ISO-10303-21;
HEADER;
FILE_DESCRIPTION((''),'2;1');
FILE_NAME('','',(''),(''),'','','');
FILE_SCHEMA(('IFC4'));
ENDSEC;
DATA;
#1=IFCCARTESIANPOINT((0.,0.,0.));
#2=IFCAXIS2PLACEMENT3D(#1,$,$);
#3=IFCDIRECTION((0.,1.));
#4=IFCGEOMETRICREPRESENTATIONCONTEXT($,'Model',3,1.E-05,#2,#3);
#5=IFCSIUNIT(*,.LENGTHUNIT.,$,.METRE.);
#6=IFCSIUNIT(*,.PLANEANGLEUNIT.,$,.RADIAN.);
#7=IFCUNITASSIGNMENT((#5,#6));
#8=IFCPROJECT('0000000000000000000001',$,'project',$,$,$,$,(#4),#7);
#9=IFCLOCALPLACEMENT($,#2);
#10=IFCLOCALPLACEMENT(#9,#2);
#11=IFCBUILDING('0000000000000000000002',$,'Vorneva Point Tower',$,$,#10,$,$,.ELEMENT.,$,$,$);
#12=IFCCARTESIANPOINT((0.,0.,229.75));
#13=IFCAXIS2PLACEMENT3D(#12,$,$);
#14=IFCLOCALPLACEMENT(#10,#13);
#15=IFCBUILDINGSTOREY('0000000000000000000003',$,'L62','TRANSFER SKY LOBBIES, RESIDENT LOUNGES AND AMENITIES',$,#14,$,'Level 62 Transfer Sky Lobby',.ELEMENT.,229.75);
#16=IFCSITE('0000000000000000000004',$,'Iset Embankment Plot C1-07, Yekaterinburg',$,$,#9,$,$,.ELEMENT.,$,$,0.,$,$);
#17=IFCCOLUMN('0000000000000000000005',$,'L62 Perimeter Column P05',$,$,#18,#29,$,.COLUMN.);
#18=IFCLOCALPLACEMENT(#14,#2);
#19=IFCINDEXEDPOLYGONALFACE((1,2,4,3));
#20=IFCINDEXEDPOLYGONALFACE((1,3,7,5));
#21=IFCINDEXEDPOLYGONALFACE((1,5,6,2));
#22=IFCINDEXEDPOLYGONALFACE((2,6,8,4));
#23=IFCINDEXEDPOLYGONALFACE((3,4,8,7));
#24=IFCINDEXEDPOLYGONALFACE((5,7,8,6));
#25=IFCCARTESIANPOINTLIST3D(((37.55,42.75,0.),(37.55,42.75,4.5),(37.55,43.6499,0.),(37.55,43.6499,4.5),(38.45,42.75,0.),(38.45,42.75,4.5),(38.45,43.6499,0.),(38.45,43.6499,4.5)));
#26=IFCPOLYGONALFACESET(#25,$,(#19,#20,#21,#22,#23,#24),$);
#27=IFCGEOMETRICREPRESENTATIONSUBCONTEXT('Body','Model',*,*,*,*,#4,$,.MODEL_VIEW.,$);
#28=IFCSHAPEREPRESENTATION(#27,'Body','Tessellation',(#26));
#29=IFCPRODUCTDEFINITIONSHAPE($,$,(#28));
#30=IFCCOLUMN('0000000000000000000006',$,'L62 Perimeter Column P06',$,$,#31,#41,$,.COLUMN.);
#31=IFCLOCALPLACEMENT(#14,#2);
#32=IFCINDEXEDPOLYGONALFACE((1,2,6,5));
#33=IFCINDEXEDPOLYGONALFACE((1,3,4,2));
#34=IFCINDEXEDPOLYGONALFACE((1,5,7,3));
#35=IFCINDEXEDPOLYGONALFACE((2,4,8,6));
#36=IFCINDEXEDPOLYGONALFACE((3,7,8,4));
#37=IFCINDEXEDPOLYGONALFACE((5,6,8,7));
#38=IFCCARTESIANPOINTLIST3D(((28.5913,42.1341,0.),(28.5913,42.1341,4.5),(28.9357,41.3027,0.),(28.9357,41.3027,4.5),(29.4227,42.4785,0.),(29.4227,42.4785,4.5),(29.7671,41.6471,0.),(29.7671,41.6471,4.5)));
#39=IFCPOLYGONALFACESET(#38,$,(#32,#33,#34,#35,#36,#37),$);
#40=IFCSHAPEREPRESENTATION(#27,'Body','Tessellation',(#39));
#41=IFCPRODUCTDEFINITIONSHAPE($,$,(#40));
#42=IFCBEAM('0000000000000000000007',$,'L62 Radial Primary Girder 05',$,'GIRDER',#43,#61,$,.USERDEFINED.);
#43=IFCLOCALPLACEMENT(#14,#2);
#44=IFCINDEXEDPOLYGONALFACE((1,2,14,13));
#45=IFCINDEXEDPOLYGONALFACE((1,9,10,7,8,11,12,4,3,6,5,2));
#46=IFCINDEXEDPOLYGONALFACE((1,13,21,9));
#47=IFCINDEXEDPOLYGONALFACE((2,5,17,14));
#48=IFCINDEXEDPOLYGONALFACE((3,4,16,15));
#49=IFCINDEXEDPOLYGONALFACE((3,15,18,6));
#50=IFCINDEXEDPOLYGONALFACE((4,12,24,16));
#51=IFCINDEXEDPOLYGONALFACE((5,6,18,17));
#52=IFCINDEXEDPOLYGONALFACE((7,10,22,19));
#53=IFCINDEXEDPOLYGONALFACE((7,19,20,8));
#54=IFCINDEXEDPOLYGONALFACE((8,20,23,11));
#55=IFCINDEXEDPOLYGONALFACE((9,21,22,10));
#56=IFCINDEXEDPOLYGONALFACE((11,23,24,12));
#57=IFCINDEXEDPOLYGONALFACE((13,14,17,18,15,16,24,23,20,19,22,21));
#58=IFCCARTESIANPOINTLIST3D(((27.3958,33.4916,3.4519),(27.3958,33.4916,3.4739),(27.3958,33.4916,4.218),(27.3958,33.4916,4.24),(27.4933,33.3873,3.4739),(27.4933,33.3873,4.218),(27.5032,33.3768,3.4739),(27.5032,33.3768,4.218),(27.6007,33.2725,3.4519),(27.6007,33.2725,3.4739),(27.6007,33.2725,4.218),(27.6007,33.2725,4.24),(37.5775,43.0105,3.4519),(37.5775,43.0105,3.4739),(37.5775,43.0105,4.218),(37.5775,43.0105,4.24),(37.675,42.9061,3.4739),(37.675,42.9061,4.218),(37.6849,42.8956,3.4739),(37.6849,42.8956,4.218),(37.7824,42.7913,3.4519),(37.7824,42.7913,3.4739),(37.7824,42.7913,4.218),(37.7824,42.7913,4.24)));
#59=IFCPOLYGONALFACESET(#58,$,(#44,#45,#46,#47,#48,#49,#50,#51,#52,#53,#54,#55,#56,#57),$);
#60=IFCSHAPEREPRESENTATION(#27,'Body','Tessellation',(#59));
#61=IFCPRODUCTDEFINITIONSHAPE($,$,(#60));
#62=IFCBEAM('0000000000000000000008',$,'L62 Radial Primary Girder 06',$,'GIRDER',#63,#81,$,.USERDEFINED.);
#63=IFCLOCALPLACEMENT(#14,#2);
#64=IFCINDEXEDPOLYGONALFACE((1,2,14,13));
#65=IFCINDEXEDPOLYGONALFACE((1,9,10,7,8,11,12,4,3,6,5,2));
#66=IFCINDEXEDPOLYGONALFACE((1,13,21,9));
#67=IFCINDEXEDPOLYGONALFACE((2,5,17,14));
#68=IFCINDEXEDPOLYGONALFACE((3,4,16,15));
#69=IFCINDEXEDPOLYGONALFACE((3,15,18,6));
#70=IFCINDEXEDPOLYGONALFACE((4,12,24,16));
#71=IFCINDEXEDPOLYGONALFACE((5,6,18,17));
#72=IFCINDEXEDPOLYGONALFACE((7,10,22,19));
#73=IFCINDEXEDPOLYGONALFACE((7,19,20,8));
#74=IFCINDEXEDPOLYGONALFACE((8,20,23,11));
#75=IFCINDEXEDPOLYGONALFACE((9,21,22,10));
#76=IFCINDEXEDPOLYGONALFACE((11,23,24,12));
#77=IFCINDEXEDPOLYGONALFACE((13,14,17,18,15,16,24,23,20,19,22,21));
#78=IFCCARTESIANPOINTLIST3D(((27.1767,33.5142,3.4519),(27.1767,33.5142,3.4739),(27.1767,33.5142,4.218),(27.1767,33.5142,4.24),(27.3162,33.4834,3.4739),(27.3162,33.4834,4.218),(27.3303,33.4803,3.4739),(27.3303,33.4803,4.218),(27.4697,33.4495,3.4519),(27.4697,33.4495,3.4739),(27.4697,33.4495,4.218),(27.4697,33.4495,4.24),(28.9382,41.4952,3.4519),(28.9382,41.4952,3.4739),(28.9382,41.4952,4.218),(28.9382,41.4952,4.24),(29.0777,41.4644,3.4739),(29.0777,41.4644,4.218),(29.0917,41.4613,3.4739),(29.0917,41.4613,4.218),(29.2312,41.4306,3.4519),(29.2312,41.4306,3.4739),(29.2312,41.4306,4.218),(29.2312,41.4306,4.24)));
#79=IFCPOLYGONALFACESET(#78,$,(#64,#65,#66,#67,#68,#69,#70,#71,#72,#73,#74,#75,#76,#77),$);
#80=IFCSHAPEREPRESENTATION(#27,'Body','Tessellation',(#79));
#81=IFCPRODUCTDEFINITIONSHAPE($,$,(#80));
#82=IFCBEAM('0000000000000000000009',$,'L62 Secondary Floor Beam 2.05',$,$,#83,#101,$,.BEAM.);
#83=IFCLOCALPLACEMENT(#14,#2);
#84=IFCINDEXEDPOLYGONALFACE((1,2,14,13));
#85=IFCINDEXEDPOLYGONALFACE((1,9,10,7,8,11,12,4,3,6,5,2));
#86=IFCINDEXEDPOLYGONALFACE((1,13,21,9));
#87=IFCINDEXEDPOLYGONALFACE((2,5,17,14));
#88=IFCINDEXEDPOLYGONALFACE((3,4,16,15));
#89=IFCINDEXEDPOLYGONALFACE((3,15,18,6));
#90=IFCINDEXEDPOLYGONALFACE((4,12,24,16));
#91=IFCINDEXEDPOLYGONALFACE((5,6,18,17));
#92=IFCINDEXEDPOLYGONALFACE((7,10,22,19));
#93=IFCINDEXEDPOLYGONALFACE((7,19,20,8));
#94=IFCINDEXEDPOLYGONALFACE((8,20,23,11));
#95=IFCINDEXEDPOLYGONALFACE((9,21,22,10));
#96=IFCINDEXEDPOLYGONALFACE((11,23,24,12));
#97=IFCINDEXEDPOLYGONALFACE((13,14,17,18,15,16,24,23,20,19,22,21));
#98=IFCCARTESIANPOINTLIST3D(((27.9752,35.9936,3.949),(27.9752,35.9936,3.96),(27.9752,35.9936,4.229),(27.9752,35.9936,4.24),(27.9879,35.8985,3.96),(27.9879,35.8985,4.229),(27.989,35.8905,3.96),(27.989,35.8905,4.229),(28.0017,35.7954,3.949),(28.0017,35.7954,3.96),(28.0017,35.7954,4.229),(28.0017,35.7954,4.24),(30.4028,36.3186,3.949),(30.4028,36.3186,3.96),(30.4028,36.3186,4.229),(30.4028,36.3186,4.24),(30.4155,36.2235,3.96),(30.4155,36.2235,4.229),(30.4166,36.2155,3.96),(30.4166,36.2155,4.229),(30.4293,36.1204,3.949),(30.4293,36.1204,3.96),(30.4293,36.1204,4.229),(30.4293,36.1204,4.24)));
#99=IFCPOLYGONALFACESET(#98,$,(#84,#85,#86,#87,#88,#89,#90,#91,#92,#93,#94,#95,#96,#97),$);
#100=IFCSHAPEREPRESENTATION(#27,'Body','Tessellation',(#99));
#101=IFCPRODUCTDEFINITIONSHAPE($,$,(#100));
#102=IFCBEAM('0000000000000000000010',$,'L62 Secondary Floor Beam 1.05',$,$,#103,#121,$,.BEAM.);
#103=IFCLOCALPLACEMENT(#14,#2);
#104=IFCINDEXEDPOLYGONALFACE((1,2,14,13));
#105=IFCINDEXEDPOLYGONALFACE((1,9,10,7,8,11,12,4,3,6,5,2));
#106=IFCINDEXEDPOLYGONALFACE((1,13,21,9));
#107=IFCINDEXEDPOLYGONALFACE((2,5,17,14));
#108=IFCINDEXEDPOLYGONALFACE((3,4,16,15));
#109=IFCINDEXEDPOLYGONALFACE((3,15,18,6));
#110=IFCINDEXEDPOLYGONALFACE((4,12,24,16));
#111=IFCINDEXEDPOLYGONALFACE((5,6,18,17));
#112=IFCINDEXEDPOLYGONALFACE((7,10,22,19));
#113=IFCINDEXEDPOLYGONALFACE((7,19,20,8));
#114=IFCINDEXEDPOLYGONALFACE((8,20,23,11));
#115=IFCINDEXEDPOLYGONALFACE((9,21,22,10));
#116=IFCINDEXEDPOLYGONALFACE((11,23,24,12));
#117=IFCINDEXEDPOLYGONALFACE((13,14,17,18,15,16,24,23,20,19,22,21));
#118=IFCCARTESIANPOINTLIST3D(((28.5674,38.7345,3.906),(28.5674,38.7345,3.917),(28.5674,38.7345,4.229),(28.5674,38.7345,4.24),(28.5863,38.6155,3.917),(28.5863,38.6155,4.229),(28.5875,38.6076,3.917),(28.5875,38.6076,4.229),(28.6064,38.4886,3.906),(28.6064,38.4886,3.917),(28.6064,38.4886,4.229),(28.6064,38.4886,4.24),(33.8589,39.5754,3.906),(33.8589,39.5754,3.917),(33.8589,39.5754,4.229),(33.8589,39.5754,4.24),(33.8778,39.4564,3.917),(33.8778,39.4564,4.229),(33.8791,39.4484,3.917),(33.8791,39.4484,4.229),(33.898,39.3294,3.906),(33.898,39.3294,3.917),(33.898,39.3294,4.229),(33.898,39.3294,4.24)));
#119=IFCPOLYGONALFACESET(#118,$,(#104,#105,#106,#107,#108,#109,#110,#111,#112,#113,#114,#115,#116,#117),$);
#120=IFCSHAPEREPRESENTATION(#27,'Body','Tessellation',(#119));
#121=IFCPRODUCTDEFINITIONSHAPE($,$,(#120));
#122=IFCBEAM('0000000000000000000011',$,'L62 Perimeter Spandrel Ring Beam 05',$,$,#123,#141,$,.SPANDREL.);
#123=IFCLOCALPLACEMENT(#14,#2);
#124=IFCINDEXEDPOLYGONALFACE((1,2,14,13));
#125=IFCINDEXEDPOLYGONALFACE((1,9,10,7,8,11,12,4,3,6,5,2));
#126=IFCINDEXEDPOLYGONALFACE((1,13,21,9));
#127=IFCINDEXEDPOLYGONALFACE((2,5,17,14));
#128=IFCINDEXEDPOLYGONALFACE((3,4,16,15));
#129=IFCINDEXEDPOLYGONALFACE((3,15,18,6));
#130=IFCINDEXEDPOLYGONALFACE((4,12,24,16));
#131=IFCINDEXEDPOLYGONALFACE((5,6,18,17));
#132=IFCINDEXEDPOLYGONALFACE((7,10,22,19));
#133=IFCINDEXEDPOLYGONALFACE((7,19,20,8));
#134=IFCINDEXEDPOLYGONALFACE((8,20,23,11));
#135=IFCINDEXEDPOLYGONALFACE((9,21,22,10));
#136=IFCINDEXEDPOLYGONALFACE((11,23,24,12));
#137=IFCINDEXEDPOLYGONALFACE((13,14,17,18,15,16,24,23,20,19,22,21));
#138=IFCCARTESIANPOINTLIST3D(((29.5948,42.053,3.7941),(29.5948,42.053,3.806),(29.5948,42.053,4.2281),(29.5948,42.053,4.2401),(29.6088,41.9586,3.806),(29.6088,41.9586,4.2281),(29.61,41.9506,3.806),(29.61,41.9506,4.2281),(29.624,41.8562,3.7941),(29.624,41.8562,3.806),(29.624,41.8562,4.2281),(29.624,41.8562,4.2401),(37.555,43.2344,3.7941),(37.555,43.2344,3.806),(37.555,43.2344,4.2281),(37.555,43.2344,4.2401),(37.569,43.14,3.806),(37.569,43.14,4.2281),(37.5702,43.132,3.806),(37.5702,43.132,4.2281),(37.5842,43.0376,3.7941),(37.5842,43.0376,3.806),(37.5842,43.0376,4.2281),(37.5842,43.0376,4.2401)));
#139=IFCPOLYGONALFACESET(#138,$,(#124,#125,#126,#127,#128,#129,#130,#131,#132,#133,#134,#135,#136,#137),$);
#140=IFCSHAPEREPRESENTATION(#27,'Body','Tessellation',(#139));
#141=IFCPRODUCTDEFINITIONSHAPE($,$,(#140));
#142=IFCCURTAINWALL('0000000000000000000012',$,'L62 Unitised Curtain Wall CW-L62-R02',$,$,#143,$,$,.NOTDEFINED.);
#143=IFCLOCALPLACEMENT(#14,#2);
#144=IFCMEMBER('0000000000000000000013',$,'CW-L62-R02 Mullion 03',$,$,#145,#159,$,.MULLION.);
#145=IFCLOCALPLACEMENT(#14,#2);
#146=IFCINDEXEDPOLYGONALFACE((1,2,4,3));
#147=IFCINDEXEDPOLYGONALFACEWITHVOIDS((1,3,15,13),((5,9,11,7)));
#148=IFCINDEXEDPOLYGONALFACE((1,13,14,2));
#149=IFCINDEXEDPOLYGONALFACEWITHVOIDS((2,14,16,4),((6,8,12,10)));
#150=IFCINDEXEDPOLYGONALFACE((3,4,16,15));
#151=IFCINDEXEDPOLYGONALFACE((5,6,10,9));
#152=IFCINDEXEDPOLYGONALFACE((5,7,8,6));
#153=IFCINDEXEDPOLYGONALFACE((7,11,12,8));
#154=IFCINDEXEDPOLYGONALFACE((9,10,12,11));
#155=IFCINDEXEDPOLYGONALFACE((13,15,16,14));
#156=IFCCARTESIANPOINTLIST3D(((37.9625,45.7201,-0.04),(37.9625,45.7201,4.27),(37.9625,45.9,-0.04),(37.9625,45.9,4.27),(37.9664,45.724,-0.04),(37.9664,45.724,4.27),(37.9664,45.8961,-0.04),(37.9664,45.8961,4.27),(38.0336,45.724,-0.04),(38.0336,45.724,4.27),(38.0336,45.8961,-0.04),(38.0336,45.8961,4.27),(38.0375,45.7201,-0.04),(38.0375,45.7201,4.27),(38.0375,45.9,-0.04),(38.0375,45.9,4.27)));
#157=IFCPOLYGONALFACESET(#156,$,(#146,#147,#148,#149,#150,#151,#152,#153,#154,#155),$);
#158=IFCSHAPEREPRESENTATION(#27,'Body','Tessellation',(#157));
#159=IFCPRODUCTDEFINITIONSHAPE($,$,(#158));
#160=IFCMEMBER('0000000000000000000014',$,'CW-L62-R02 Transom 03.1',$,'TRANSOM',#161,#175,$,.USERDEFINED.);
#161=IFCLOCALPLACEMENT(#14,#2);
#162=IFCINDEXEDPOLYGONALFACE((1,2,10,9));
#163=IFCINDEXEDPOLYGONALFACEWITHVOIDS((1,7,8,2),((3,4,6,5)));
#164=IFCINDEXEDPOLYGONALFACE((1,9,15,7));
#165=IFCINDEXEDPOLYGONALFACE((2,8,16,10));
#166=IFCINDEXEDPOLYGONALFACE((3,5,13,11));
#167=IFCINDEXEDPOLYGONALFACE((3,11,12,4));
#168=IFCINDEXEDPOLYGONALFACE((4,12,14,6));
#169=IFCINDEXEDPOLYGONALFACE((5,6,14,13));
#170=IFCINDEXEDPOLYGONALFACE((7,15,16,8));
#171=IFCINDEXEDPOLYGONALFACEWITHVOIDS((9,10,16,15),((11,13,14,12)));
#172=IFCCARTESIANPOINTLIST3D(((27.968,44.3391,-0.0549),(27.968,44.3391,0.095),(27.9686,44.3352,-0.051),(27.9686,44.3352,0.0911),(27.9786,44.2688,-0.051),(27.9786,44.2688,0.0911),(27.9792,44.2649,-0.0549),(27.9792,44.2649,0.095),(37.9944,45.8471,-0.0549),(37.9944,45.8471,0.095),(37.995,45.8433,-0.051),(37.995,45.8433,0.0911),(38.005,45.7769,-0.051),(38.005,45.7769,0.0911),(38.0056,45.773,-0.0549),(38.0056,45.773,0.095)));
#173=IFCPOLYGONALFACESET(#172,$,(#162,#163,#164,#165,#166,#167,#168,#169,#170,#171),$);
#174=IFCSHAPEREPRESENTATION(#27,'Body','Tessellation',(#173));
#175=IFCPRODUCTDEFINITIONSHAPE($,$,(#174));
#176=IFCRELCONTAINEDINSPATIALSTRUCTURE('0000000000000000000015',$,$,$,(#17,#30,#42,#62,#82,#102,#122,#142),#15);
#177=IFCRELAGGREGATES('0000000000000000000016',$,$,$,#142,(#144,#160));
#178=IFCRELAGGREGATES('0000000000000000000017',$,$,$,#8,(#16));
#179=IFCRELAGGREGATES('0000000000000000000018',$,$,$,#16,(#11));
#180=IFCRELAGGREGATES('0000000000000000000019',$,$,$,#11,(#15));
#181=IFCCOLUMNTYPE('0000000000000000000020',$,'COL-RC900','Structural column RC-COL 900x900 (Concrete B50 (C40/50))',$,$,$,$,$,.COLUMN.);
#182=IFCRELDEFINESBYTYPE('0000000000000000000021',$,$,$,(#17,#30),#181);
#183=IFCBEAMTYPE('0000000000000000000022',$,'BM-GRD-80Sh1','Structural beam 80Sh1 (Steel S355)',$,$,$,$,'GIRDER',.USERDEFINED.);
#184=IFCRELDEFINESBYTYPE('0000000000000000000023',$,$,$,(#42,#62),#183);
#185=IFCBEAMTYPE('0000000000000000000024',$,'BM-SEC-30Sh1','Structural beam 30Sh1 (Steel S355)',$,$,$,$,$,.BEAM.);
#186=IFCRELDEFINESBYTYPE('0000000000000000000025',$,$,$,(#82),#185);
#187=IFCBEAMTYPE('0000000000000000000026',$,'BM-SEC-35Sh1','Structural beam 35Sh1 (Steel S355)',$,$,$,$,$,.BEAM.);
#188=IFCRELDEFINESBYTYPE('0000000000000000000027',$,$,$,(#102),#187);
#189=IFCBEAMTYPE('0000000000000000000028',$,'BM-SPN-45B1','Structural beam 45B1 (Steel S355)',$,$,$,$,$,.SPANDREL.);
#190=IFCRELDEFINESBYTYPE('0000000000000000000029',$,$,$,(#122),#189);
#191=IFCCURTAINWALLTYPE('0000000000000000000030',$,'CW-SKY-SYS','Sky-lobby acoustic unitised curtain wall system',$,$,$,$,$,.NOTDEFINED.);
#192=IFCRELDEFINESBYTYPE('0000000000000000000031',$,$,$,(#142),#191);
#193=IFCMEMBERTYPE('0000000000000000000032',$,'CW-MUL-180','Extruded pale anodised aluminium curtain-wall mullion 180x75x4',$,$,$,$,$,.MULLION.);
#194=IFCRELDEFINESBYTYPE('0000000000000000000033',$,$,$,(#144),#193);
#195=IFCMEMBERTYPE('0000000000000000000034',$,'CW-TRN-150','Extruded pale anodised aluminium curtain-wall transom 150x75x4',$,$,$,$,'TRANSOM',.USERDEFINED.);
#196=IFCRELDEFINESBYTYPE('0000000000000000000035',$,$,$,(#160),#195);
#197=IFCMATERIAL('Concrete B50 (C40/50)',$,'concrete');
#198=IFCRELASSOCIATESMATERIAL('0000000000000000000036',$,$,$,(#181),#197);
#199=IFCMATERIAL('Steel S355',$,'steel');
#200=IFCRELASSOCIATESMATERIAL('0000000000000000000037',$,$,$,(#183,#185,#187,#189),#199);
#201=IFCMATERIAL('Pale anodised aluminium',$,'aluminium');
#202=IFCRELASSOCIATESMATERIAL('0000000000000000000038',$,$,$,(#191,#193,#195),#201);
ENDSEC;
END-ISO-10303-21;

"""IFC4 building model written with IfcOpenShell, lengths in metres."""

from ifc_helpers import new_model, si_unit, direction, frame, origin, origin_2d, place, context, subcontext, project, spatial, rectangle, hollow_rectangle, i_section, extrude, material, material_profile, profile_set, type_object, element, aggregate, save


model = new_model("IFC4")

# Units and contexts
model_context = context("Model", 3, precision=1e-05, world=origin(), true_north=direction((0.0, 1.0)))
body_context = subcontext(model_context, "Body", "Model", "MODEL_VIEW")
ifc_project = project(units=[si_unit("LENGTHUNIT", "METRE"), si_unit("PLANEANGLEUNIT", "RADIAN")], contexts=[model_context])

# Site, building, storey
site_placement = place(None, origin())
site = spatial("IfcSite", under=ifc_project, at=site_placement, Name="Iset Embankment Plot C1-07, Yekaterinburg", CompositionType="ELEMENT", RefElevation=0.0)
building_placement = place(site_placement, origin())
building = spatial("IfcBuilding", under=site, at=building_placement, Name="Vorneva Point Tower", CompositionType="ELEMENT")
storey_placement = place(building_placement, frame((0.0, 0.0, 229.75)))
storey = spatial("IfcBuildingStorey", under=building, at=storey_placement, Name="L62", Description="TRANSFER SKY LOBBIES, RESIDENT LOUNGES AND AMENITIES", LongName="Level 62 Transfer Sky Lobby", CompositionType="ELEMENT", Elevation=229.75)

# Columns
ifc_material_1 = material(Name="Concrete B50 (C40/50)", Category="concrete")
ifc_material_profile_1 = material_profile(ifc_material_1, rectangle(XDim=0.8999, YDim=0.8999, at=origin_2d()), Name="RC-COL 900x900")
ifc_profile_set_1 = profile_set([ifc_material_profile_1], Name="Concrete B50 (C40/50)")
column_type = type_object("IfcColumnType", Name="COL-RC900", Description="Structural column RC-COL 900x900 (Concrete B50 (C40/50))", PredefinedType="COLUMN", material=ifc_profile_set_1)
for number, where, z_axis, x_axis, name in (
    (1, (38.0, 43.2, 0.0), (0.0, 0.0, 1.0), (0.0, 1.0, 0.0), "L62 Perimeter Column P05"),
    (2, (29.1792, 41.8906, 0.0), (0.0, 0.0, 1.0), (-0.382683, 0.92388, 0.0), "L62 Perimeter Column P06"),
):
    element("IfcColumn", number, at=place(storey_placement, frame(where, z_axis=z_axis, x_axis=x_axis)), inside=storey, type_object=column_type, Name=name, PredefinedType="COLUMN", context=body_context, shape_type="SweptSolid", body=[
        extrude(rectangle(XDim=0.8999, YDim=0.8999, at=origin_2d()), origin(), (0.0, 0.0, 1.0), 4.5),
    ])

# Beams
ifc_material_2 = material(Name="Steel S355", Category="steel")
ifc_material_profile_2 = material_profile(ifc_material_2, i_section(OverallWidth=0.3, OverallDepth=0.7881, WebThickness=0.0144, FlangeThickness=0.022, at=origin_2d()), Name="80Sh1")
ifc_profile_set_2 = profile_set([ifc_material_profile_2], Name="Steel S355")
beam_type_1 = type_object("IfcBeamType", Name="BM-GRD-80Sh1", Description="Structural beam 80Sh1 (Steel S355)", ElementType="GIRDER", PredefinedType="USERDEFINED", material=ifc_profile_set_2)
beam_1_placement = place(storey_placement, frame((37.6799, 42.9009, 3.8459), z_axis=(-0.730485, -0.682929, 0.0), x_axis=(0.682929, -0.730485, 0.0)))
element("IfcBeam", 3, at=beam_1_placement, inside=storey, type_object=beam_type_1, Name="L62 Radial Primary Girder 05", ObjectType="GIRDER", PredefinedType="USERDEFINED", context=body_context, shape_type="SweptSolid", body=[
    extrude(i_section(OverallWidth=0.3, OverallDepth=0.7881, WebThickness=0.0144, FlangeThickness=0.022, at=origin_2d()), origin(), (0.0, 0.0, 1.0), 13.9382),
])
beam_2_placement = place(storey_placement, frame((29.0847, 41.4629, 3.8459), z_axis=(-0.215523, -0.976499, 0.0), x_axis=(0.976499, -0.215523, 0.0)))
element("IfcBeam", 4, at=beam_2_placement, inside=storey, type_object=beam_type_1, Name="L62 Radial Primary Girder 06", ObjectType="GIRDER", PredefinedType="USERDEFINED", context=body_context, shape_type="SweptSolid", body=[
    extrude(i_section(OverallWidth=0.3, OverallDepth=0.7881, WebThickness=0.0144, FlangeThickness=0.022, at=origin_2d()), origin(), (0.0, 0.0, 1.0), 8.1731),
])
ifc_material_profile_3 = material_profile(ifc_material_2, i_section(OverallWidth=0.2, OverallDepth=0.291, WebThickness=0.0081, FlangeThickness=0.011, at=origin_2d()), Name="30Sh1")
ifc_profile_set_3 = profile_set([ifc_material_profile_3], Name="Steel S355")
beam_type_2 = type_object("IfcBeamType", Name="BM-SEC-30Sh1", Description="Structural beam 30Sh1 (Steel S355)", PredefinedType="BEAM", material=ifc_profile_set_3)
beam_3_placement = place(storey_placement, frame((30.416, 36.2195, 4.0945), z_axis=(-0.991159, -0.13268, 0.0), x_axis=(0.13268, -0.991159, 0.0)))
element("IfcBeam", 5, at=beam_3_placement, inside=storey, type_object=beam_type_2, Name="L62 Secondary Floor Beam 2.05", PredefinedType="BEAM", context=body_context, shape_type="SweptSolid", body=[
    extrude(i_section(OverallWidth=0.2, OverallDepth=0.291, WebThickness=0.0081, FlangeThickness=0.011, at=origin_2d()), origin(), (0.0, 0.0, 1.0), 2.4492),
])
ifc_material_profile_4 = material_profile(ifc_material_2, i_section(OverallWidth=0.249, OverallDepth=0.334, WebThickness=0.0081, FlangeThickness=0.011, at=origin_2d()), Name="35Sh1")
ifc_profile_set_4 = profile_set([ifc_material_profile_4], Name="Steel S355")
beam_type_3 = type_object("IfcBeamType", Name="BM-SEC-35Sh1", Description="Structural beam 35Sh1 (Steel S355)", PredefinedType="BEAM", material=ifc_profile_set_4)
beam_4_placement = place(storey_placement, frame((33.8784, 39.4524, 4.073), z_axis=(-0.98761, -0.156931, 0.0), x_axis=(0.156931, -0.98761, 0.0)))
element("IfcBeam", 6, at=beam_4_placement, inside=storey, type_object=beam_type_3, Name="L62 Secondary Floor Beam 1.05", PredefinedType="BEAM", context=body_context, shape_type="SweptSolid", body=[
    extrude(i_section(OverallWidth=0.249, OverallDepth=0.334, WebThickness=0.0081, FlangeThickness=0.011, at=origin_2d()), origin(), (0.0, 0.0, 1.0), 5.3579),
])
ifc_material_profile_5 = material_profile(ifc_material_2, i_section(OverallWidth=0.199, OverallDepth=0.446, WebThickness=0.0081, FlangeThickness=0.012, at=origin_2d()), Name="45B1")
ifc_profile_set_5 = profile_set([ifc_material_profile_5], Name="Steel S355")
beam_type_4 = type_object("IfcBeamType", Name="BM-SPN-45B1", Description="Structural beam 45B1 (Steel S355)", PredefinedType="SPANDREL", material=ifc_profile_set_5)
beam_5_placement = place(storey_placement, frame((37.5696, 43.136, 4.0171), z_axis=(-0.989165, -0.146805, 0.0), x_axis=(0.146805, -0.989165, 0.0)))
element("IfcBeam", 7, at=beam_5_placement, inside=storey, type_object=beam_type_4, Name="L62 Perimeter Spandrel Ring Beam 05", PredefinedType="SPANDREL", context=body_context, shape_type="SweptSolid", body=[
    extrude(i_section(OverallWidth=0.199, OverallDepth=0.446, WebThickness=0.0081, FlangeThickness=0.012, at=origin_2d()), origin(), (0.0, 0.0, 1.0), 8.0474),
])

# Curtain wall, members
ifc_material_3 = material(Name="Pale anodised aluminium", Category="aluminium")
curtain_wall_type = type_object("IfcCurtainWallType", Name="CW-SKY-SYS", Description="Sky-lobby acoustic unitised curtain wall system", PredefinedType="NOTDEFINED", material=ifc_material_3)
curtain_wall_placement = place(storey_placement, origin())
curtain_wall = element("IfcCurtainWall", 8, at=curtain_wall_placement, inside=storey, type_object=curtain_wall_type, Name="L62 Unitised Curtain Wall CW-L62-R02", PredefinedType="NOTDEFINED")
ifc_material_profile_6 = material_profile(ifc_material_3, hollow_rectangle(XDim=0.075, YDim=0.1799, WallThickness=0.0039, at=origin_2d()), Name="AL-MUL 180x75x4")
ifc_profile_set_6 = profile_set([ifc_material_profile_6], Name="Pale anodised aluminium")
member_type_1 = type_object("IfcMemberType", Name="CW-MUL-180", Description="Extruded pale anodised aluminium curtain-wall mullion 180x75x4", PredefinedType="MULLION", material=ifc_profile_set_6)
member_1_placement = place(storey_placement, frame((38.0, 45.8101, -0.04), z_axis=(0.0, 0.0, 1.0), x_axis=(1.0, 0.0, 0.0)))
member_1 = element("IfcMember", 9, at=member_1_placement, type_object=member_type_1, Name="CW-L62-R02 Mullion 03", PredefinedType="MULLION", context=body_context, shape_type="SweptSolid", body=[
    extrude(hollow_rectangle(XDim=0.075, YDim=0.1799, WallThickness=0.0039, at=origin_2d()), origin(), (0.0, 0.0, 1.0), 4.3101),
])
ifc_material_profile_7 = material_profile(ifc_material_3, hollow_rectangle(XDim=0.075, YDim=0.1499, WallThickness=0.0039, at=origin_2d()), Name="AL-TRN 150x75x4")
ifc_profile_set_7 = profile_set([ifc_material_profile_7], Name="Pale anodised aluminium")
member_type_2 = type_object("IfcMemberType", Name="CW-TRN-150", Description="Extruded pale anodised aluminium curtain-wall transom 150x75x4", ElementType="TRANSOM", PredefinedType="USERDEFINED", material=ifc_profile_set_7)
member_2_placement = place(storey_placement, frame((38.0, 45.8101, 0.02), z_axis=(-0.988877, -0.148736, 0.0), x_axis=(0.148736, -0.988877, 0.0)))
member_2 = element("IfcMember", 10, at=member_2_placement, type_object=member_type_2, Name="CW-L62-R02 Transom 03.1", ObjectType="TRANSOM", PredefinedType="USERDEFINED", context=body_context, shape_type="SweptSolid", body=[
    extrude(hollow_rectangle(XDim=0.075, YDim=0.1499, WallThickness=0.0039, at=origin_2d()), origin(), (0.0, 0.0, 1.0), 10.1392),
])
aggregate(curtain_wall, [member_1, member_2])

save(model, "model.ifc")
